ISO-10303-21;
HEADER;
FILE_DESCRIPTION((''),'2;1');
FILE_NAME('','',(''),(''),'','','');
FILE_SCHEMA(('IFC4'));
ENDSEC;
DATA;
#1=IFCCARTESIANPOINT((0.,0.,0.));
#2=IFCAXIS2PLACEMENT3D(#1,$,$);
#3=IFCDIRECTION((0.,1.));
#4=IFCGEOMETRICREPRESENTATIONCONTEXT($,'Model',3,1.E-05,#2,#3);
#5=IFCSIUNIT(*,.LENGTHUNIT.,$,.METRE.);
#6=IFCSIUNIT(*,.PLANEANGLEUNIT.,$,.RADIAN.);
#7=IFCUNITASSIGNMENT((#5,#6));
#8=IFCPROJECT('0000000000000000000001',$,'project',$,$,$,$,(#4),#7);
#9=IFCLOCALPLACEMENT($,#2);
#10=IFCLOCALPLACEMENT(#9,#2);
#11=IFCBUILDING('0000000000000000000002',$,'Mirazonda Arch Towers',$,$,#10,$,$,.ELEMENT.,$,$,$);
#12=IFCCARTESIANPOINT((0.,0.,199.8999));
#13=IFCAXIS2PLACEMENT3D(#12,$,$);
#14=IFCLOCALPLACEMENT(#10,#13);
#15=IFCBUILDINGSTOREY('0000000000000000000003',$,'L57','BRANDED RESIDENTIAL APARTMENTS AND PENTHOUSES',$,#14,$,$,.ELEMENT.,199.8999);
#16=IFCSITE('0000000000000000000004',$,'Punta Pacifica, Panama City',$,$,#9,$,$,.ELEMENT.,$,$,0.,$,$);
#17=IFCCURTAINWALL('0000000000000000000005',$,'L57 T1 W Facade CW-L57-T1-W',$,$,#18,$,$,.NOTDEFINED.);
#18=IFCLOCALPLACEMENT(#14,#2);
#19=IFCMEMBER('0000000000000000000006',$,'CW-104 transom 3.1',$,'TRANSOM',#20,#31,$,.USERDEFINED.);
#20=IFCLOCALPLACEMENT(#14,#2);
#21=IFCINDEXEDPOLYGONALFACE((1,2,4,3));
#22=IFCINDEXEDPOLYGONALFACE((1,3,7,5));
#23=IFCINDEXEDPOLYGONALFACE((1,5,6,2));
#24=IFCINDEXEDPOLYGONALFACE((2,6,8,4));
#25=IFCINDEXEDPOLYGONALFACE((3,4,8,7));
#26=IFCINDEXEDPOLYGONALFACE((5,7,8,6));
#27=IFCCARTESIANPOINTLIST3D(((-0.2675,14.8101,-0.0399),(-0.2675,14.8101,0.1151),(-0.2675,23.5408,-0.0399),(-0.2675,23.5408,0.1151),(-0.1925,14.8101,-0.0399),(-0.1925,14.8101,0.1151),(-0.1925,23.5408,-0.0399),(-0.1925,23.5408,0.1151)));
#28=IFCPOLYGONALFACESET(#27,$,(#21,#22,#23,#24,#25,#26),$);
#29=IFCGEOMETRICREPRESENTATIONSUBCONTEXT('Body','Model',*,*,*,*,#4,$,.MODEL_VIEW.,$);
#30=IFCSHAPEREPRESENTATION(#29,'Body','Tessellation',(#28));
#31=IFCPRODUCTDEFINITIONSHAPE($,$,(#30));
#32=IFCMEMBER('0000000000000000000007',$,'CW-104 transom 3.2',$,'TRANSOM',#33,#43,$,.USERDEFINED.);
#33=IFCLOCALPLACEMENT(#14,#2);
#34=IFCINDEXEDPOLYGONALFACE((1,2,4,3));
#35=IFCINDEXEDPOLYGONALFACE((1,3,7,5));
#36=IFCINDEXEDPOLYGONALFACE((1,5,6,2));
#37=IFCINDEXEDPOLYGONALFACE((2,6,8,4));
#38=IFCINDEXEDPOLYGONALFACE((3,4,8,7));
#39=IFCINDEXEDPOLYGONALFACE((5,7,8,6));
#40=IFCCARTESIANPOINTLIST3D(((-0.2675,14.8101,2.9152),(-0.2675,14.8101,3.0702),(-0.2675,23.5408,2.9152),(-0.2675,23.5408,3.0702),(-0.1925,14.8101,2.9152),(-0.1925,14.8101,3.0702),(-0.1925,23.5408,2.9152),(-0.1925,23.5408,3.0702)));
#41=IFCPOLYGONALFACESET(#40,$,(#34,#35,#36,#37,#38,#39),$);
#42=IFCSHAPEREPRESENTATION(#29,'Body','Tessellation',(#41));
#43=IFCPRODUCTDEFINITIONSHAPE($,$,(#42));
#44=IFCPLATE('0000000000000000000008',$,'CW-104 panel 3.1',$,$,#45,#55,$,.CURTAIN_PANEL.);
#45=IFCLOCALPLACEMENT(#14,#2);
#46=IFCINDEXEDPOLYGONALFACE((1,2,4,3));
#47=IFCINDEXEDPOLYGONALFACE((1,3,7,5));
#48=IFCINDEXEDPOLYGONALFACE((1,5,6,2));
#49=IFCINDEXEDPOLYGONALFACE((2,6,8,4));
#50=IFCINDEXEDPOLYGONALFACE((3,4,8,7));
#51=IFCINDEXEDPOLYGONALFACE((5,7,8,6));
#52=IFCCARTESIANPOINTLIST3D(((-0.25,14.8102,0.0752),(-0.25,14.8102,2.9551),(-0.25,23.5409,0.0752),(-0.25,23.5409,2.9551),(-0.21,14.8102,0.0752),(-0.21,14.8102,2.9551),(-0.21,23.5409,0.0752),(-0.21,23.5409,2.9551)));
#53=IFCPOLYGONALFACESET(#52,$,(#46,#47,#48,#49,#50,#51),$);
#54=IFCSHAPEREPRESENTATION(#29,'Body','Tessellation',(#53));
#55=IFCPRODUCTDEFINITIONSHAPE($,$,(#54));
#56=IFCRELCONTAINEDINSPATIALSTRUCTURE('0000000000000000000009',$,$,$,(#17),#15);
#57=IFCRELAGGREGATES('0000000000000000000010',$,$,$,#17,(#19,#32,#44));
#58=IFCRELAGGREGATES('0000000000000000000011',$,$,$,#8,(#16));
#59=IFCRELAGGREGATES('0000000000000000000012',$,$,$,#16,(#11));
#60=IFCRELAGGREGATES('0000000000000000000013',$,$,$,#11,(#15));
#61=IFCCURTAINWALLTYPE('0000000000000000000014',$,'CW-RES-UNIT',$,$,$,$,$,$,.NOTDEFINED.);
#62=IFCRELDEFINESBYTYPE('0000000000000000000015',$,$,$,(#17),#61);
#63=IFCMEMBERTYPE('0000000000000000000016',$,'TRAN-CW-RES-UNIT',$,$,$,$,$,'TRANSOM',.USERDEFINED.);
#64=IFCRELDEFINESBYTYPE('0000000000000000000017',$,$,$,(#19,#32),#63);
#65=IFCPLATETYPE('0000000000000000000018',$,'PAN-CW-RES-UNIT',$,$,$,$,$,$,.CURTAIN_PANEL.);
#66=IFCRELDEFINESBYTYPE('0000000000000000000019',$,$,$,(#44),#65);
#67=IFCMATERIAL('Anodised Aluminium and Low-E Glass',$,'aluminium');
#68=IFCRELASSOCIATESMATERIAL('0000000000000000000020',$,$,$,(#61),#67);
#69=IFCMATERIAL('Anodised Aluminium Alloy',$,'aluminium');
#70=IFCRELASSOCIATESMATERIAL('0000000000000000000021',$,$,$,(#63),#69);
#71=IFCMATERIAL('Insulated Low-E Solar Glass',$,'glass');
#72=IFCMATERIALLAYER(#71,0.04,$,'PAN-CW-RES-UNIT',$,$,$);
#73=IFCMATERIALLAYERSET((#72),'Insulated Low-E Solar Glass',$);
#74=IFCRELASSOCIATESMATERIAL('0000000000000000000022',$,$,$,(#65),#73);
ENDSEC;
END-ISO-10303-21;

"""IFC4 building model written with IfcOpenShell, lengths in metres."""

from ifc_helpers import new_model, si_unit, direction, frame, origin, origin_2d, place, context, subcontext, project, spatial, rectangle, extrude, material, layer, layer_set, material_profile, profile_set, type_object, element, aggregate, save


model = new_model("IFC4")

# Units and contexts
model_context = context("Model", 3, precision=1e-05, world=origin(), true_north=direction((0.0, 1.0)))
body_context = subcontext(model_context, "Body", "Model", "MODEL_VIEW")
ifc_project = project(units=[si_unit("LENGTHUNIT", "METRE"), si_unit("PLANEANGLEUNIT", "RADIAN")], contexts=[model_context])

# Site, building, storey
site_placement = place(None, origin())
site = spatial("IfcSite", under=ifc_project, at=site_placement, Name="Punta Pacifica, Panama City", CompositionType="ELEMENT", RefElevation=0.0)
building_placement = place(site_placement, origin())
building = spatial("IfcBuilding", under=site, at=building_placement, Name="Mirazonda Arch Towers", CompositionType="ELEMENT")
storey_placement = place(building_placement, frame((0.0, 0.0, 199.8999)))
storey = spatial("IfcBuildingStorey", under=building, at=storey_placement, Name="L57", Description="BRANDED RESIDENTIAL APARTMENTS AND PENTHOUSES", CompositionType="ELEMENT", Elevation=199.8999)

# Curtain wall, members, plate
ifc_material_1 = material(Name="Anodised Aluminium and Low-E Glass", Category="aluminium")
curtain_wall_type = type_object("IfcCurtainWallType", Name="CW-RES-UNIT", PredefinedType="NOTDEFINED", material=ifc_material_1)
curtain_wall_placement = place(storey_placement, origin())
curtain_wall = element("IfcCurtainWall", 1, at=curtain_wall_placement, inside=storey, type_object=curtain_wall_type, Name="L57 T1 W Facade CW-L57-T1-W", PredefinedType="NOTDEFINED")
ifc_material_2 = material(Name="Anodised Aluminium Alloy", Category="aluminium")
ifc_material_profile_1 = material_profile(ifc_material_2, rectangle(XDim=0.075, YDim=0.155, at=origin_2d()), Name="ALU-TRAN-75x155")
ifc_profile_set_1 = profile_set([ifc_material_profile_1], Name="Anodised Aluminium Alloy")
member_type_1 = type_object("IfcMemberType", Name="TRAN-CW-RES-UNIT", ElementType="TRANSOM", PredefinedType="USERDEFINED", material=ifc_profile_set_1)
member_1_placement = place(storey_placement, frame((-0.23, 23.5408, 0.0376), z_axis=(0.0, -1.0, 0.0), x_axis=(1.0, 0.0, 0.0)))
member_1 = element("IfcMember", 2, at=member_1_placement, type_object=member_type_1, Name="CW-104 transom 3.1", ObjectType="TRANSOM", PredefinedType="USERDEFINED", context=body_context, shape_type="SweptSolid", body=[
    extrude(rectangle(XDim=0.075, YDim=0.155, at=origin_2d()), origin(), (0.0, 0.0, 1.0), 8.7307),
])
member_2_placement = place(storey_placement, frame((-0.23, 23.5408, 2.9927), z_axis=(0.0, -1.0, 0.0), x_axis=(1.0, 0.0, 0.0)))
member_2 = element("IfcMember", 3, at=member_2_placement, type_object=member_type_1, Name="CW-104 transom 3.2", ObjectType="TRANSOM", PredefinedType="USERDEFINED", context=body_context, shape_type="SweptSolid", body=[
    extrude(rectangle(XDim=0.075, YDim=0.155, at=origin_2d()), origin(), (0.0, 0.0, 1.0), 8.7307),
])
ifc_material_3 = material(Name="Insulated Low-E Solar Glass", Category="glass")
ifc_layer_1 = layer(ifc_material_3, 0.04, Name="PAN-CW-RES-UNIT")
ifc_layer_set_1 = layer_set([ifc_layer_1], Name="Insulated Low-E Solar Glass")
plate_type = type_object("IfcPlateType", Name="PAN-CW-RES-UNIT", PredefinedType="CURTAIN_PANEL", material=ifc_layer_set_1)
plate_placement = place(storey_placement, frame((-0.23, 19.1755, 0.0752), z_axis=(0.0, 0.0, 1.0), x_axis=(0.0, -1.0, 0.0)))
plate = element("IfcPlate", 4, at=plate_placement, type_object=plate_type, Name="CW-104 panel 3.1", PredefinedType="CURTAIN_PANEL", context=body_context, shape_type="SweptSolid", body=[
    extrude(rectangle(XDim=8.7307, YDim=0.04, at=origin_2d()), origin(), (0.0, 0.0, 1.0), 2.8799),
])
aggregate(curtain_wall, [member_1, member_2, plate])

save(model, "model.ifc")
